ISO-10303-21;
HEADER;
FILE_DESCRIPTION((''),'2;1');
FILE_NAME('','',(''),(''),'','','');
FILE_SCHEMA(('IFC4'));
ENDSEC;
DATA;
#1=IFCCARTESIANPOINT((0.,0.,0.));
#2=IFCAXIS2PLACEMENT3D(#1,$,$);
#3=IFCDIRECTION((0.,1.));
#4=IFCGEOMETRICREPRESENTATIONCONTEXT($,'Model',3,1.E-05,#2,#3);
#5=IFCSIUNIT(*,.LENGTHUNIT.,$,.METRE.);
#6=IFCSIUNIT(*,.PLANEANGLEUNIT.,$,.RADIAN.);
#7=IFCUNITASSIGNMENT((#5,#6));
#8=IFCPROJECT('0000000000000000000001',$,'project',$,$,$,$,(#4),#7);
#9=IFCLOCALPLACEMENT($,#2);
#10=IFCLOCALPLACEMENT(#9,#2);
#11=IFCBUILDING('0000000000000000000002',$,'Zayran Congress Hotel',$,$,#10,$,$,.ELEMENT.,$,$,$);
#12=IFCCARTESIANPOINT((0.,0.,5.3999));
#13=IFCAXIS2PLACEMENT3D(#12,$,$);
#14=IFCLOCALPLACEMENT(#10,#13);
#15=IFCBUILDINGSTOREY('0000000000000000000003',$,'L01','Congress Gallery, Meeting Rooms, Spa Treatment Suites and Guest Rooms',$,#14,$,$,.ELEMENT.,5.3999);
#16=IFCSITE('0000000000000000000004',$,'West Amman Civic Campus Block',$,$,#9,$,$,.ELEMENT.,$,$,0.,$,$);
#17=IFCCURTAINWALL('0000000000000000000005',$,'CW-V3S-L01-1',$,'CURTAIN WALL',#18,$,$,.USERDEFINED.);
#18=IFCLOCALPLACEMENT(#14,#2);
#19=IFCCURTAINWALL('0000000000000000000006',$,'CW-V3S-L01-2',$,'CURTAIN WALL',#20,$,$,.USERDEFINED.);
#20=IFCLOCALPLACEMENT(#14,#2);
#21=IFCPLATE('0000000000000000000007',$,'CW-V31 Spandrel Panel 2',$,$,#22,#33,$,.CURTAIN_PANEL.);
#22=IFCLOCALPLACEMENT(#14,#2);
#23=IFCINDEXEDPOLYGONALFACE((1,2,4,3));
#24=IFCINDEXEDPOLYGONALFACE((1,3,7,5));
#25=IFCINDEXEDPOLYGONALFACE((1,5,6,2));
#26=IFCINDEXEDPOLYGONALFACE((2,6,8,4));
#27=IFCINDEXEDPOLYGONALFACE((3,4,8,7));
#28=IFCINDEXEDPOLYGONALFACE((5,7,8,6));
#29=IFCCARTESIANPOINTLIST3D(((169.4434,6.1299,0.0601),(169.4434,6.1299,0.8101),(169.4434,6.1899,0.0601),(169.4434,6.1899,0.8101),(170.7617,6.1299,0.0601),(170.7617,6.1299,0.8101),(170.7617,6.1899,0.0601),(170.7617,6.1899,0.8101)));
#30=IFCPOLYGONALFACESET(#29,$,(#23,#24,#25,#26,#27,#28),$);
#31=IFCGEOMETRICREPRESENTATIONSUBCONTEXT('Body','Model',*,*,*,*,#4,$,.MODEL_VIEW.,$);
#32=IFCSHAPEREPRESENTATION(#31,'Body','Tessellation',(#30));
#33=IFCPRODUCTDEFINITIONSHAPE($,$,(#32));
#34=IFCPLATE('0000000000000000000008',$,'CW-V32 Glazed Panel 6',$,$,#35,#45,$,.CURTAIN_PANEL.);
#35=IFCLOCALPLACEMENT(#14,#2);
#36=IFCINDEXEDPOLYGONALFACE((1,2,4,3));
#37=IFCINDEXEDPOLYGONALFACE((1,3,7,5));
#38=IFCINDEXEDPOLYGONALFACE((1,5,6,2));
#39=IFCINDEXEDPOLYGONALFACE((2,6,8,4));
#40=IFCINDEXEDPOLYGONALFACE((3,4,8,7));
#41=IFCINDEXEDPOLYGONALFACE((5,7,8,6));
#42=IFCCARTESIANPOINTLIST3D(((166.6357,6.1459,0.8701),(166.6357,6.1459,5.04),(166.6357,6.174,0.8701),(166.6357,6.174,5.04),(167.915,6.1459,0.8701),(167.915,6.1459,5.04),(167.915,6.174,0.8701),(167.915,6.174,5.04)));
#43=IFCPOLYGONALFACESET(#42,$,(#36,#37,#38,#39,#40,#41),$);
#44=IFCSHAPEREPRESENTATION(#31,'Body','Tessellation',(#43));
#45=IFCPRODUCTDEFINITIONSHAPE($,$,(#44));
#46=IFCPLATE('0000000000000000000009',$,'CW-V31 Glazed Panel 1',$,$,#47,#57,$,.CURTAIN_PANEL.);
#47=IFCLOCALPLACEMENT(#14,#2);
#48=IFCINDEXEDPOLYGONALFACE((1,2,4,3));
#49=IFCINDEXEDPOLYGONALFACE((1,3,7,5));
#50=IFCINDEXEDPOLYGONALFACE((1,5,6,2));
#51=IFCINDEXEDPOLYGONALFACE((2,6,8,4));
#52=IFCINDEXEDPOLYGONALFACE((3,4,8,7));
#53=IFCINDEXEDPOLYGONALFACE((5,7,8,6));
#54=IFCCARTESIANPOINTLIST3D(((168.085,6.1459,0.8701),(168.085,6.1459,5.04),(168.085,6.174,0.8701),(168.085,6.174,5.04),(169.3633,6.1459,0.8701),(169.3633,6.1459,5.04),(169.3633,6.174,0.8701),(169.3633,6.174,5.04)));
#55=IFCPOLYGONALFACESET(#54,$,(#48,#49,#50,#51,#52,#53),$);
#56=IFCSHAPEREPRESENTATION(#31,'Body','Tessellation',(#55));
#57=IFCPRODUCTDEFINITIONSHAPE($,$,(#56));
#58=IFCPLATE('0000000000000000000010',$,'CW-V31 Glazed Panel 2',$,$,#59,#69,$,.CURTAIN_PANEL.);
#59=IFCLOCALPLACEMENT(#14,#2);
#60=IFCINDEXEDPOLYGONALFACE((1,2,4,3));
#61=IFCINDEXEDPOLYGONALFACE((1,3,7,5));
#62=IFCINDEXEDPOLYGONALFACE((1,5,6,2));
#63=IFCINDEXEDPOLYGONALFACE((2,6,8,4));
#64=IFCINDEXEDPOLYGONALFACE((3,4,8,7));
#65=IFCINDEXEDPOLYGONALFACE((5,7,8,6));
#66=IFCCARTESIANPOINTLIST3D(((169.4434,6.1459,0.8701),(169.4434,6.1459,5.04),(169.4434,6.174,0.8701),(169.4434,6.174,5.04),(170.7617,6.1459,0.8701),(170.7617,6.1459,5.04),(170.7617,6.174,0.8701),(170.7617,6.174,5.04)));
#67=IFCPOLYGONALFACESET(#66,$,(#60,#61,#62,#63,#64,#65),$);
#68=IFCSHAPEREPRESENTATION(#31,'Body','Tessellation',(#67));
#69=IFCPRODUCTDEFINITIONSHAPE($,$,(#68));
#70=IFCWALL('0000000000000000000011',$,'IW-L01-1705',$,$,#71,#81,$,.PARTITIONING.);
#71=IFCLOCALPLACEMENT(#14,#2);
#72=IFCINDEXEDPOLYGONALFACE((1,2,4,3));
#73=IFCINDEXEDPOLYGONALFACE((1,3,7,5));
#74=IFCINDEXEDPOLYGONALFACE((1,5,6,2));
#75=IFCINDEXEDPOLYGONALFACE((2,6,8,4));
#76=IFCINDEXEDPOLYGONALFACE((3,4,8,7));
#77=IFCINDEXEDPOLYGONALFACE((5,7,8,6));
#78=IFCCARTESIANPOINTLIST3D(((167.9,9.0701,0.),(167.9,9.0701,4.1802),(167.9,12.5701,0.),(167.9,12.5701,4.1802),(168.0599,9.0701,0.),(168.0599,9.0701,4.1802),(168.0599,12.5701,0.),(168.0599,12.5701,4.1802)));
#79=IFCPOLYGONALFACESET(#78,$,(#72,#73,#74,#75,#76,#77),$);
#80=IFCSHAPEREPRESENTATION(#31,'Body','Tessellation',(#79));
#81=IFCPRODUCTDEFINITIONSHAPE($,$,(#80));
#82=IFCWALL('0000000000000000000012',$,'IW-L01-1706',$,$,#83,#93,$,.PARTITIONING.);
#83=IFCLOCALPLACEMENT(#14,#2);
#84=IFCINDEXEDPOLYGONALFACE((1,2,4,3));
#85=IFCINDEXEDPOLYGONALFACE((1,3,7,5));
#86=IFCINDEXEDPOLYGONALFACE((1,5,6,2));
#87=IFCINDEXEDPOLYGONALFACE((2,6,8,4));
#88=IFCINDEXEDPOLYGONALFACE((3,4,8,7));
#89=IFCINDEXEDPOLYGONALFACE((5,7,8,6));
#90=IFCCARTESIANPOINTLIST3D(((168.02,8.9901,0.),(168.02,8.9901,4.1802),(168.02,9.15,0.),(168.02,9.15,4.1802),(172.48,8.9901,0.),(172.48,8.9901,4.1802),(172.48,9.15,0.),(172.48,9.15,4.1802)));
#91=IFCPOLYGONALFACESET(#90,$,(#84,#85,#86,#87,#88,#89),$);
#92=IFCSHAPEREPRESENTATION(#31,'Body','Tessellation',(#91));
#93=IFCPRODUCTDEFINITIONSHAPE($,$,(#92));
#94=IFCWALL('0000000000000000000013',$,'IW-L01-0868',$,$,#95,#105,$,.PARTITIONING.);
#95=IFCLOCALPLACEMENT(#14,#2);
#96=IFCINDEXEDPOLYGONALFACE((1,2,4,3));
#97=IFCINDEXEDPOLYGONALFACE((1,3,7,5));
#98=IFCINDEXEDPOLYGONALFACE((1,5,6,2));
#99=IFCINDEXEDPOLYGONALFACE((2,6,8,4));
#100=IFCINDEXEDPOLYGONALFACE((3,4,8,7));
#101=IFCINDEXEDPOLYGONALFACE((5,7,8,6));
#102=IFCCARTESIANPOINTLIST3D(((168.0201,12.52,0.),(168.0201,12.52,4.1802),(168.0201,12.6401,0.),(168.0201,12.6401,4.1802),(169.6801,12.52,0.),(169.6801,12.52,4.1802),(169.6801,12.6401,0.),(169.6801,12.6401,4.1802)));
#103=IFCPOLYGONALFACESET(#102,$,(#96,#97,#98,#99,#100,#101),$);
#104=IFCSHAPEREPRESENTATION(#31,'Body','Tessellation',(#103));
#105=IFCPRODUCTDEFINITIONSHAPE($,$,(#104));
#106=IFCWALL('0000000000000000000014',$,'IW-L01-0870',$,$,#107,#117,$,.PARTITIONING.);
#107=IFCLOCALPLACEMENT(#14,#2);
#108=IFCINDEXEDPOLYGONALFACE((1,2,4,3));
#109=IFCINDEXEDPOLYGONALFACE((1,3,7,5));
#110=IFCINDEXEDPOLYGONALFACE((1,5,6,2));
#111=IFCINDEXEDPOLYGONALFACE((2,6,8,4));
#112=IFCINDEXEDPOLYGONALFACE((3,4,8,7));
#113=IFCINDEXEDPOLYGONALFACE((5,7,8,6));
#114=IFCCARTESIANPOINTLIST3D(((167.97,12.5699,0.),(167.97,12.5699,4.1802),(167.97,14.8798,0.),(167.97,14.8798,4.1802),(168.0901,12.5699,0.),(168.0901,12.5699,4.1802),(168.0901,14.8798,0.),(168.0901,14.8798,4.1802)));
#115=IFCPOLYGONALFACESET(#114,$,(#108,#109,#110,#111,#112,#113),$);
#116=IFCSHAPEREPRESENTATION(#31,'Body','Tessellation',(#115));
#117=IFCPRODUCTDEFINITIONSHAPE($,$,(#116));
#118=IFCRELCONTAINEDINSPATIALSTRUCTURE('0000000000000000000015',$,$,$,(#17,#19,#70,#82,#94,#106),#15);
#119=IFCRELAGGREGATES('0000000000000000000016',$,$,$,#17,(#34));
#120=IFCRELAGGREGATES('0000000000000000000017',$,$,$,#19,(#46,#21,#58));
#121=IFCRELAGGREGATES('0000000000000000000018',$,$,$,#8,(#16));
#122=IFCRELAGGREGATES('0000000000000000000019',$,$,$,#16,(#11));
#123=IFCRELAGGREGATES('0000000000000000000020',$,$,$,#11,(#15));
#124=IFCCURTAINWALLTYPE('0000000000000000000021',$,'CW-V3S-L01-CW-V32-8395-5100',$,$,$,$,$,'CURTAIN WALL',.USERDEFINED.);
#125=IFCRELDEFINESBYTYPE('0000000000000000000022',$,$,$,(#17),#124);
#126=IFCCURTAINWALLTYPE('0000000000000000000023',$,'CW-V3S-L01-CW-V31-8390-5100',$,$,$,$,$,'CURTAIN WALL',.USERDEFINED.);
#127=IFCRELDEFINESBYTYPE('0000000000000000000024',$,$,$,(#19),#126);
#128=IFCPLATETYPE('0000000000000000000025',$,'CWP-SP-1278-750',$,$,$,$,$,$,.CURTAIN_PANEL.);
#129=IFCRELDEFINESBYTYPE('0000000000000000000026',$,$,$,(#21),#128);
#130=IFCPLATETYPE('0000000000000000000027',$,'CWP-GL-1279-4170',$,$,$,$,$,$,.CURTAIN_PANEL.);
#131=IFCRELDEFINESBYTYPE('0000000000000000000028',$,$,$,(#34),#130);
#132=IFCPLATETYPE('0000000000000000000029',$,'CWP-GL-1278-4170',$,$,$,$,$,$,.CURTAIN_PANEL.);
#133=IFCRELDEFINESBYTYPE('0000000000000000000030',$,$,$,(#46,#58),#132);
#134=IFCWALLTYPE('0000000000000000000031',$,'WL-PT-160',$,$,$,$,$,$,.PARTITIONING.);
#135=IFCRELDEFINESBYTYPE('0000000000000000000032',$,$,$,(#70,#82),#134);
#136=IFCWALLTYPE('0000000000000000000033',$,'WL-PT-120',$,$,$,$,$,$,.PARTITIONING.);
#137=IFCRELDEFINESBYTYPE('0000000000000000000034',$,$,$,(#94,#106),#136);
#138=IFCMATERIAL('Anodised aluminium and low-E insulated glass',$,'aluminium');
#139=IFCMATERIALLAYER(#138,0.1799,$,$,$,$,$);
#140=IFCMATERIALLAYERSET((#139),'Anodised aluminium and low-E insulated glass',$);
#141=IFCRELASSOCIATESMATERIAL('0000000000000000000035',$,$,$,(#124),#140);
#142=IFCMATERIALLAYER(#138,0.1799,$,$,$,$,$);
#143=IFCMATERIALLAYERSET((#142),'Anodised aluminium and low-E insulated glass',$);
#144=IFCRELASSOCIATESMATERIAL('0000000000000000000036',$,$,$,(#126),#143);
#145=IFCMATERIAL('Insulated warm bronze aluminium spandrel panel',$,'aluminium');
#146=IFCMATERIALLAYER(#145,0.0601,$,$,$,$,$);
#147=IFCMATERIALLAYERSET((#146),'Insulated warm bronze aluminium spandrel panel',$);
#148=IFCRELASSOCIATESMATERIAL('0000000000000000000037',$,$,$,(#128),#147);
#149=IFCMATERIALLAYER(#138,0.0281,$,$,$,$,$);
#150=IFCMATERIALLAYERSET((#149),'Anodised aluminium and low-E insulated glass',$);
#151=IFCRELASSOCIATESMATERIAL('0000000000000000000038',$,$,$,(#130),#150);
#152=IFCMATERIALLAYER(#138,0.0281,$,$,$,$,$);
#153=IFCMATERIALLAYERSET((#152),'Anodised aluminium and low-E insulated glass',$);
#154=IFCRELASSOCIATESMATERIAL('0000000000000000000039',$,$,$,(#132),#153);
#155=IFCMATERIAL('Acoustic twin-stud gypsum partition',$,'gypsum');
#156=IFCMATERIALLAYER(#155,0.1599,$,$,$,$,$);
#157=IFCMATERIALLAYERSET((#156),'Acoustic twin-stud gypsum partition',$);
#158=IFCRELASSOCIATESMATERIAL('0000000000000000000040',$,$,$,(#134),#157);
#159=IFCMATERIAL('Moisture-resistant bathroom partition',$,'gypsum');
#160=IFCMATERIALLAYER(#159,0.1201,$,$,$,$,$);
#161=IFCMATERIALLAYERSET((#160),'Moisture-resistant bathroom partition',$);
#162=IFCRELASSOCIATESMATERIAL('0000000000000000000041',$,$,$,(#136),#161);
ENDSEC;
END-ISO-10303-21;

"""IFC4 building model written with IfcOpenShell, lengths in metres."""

from ifc_helpers import new_model, si_unit, direction, frame, frame_2d, origin, origin_2d, place, context, subcontext, project, spatial, rectangle, extrude, material, layer, layer_set, type_object, element, aggregate, save


model = new_model("IFC4")

# Units and contexts
model_context = context("Model", 3, precision=1e-05, world=origin(), true_north=direction((0.0, 1.0)))
body_context = subcontext(model_context, "Body", "Model", "MODEL_VIEW")
ifc_project = project(units=[si_unit("LENGTHUNIT", "METRE"), si_unit("PLANEANGLEUNIT", "RADIAN")], contexts=[model_context])

# Site, building, storey
site_placement = place(None, origin())
site = spatial("IfcSite", under=ifc_project, at=site_placement, Name="West Amman Civic Campus Block", CompositionType="ELEMENT", RefElevation=0.0)
building_placement = place(site_placement, origin())
building = spatial("IfcBuilding", under=site, at=building_placement, Name="Zayran Congress Hotel", CompositionType="ELEMENT")
storey_placement = place(building_placement, frame((0.0, 0.0, 5.3999)))
storey = spatial("IfcBuildingStorey", under=building, at=storey_placement, Name="L01", Description="Congress Gallery, Meeting Rooms, Spa Treatment Suites and Guest Rooms", CompositionType="ELEMENT", Elevation=5.3999)

# Curtain wall
ifc_material_1 = material(Name="Anodised aluminium and low-E insulated glass", Category="aluminium")
ifc_layer_1 = layer(ifc_material_1, 0.1799)
ifc_layer_set_1 = layer_set([ifc_layer_1], Name="Anodised aluminium and low-E insulated glass")
curtain_wall_type_1 = type_object("IfcCurtainWallType", Name="CW-V3S-L01-CW-V32-8395-5100", ElementType="CURTAIN WALL", PredefinedType="USERDEFINED", material=ifc_layer_set_1)
curtain_wall_1_placement = place(storey_placement, origin())
curtain_wall_1 = element("IfcCurtainWall", 1, at=curtain_wall_1_placement, inside=storey, type_object=curtain_wall_type_1, Name="CW-V3S-L01-1", ObjectType="CURTAIN WALL", PredefinedType="USERDEFINED")

# Curtain wall
ifc_layer_2 = layer(ifc_material_1, 0.1799)
ifc_layer_set_2 = layer_set([ifc_layer_2], Name="Anodised aluminium and low-E insulated glass")
curtain_wall_type_2 = type_object("IfcCurtainWallType", Name="CW-V3S-L01-CW-V31-8390-5100", ElementType="CURTAIN WALL", PredefinedType="USERDEFINED", material=ifc_layer_set_2)
curtain_wall_2_placement = place(storey_placement, origin())
curtain_wall_2 = element("IfcCurtainWall", 2, at=curtain_wall_2_placement, inside=storey, type_object=curtain_wall_type_2, Name="CW-V3S-L01-2", ObjectType="CURTAIN WALL", PredefinedType="USERDEFINED")

# Plates
ifc_material_2 = material(Name="Insulated warm bronze aluminium spandrel panel", Category="aluminium")
ifc_layer_3 = layer(ifc_material_2, 0.0601)
ifc_layer_set_3 = layer_set([ifc_layer_3], Name="Insulated warm bronze aluminium spandrel panel")
plate_type_1 = type_object("IfcPlateType", Name="CWP-SP-1278-750", PredefinedType="CURTAIN_PANEL", material=ifc_layer_set_3)
plate_1_placement = place(storey_placement, frame((170.1025, 6.1599, 0.0601), z_axis=(0.0, 0.0, 1.0), x_axis=(1.0, 0.0, 0.0)))
plate_1 = element("IfcPlate", 3, at=plate_1_placement, type_object=plate_type_1, Name="CW-V31 Spandrel Panel 2", PredefinedType="CURTAIN_PANEL", context=body_context, shape_type="SweptSolid", body=[
    extrude(rectangle(XDim=1.3184, YDim=0.0601, at=origin_2d()), origin(), (0.0, 0.0, 1.0), 0.75),
])
ifc_layer_4 = layer(ifc_material_1, 0.0281)
ifc_layer_set_4 = layer_set([ifc_layer_4], Name="Anodised aluminium and low-E insulated glass")
plate_type_2 = type_object("IfcPlateType", Name="CWP-GL-1279-4170", PredefinedType="CURTAIN_PANEL", material=ifc_layer_set_4)
plate_2_placement = place(storey_placement, frame((167.2754, 6.1599, 0.8701), z_axis=(0.0, 0.0, 1.0), x_axis=(1.0, 0.0, 0.0)))
plate_2 = element("IfcPlate", 4, at=plate_2_placement, type_object=plate_type_2, Name="CW-V32 Glazed Panel 6", PredefinedType="CURTAIN_PANEL", context=body_context, shape_type="SweptSolid", body=[
    extrude(rectangle(XDim=1.2793, YDim=0.0281, at=origin_2d()), origin(), (0.0, 0.0, 1.0), 4.1699),
])
aggregate(curtain_wall_1, [plate_2])
ifc_layer_5 = layer(ifc_material_1, 0.0281)
ifc_layer_set_5 = layer_set([ifc_layer_5], Name="Anodised aluminium and low-E insulated glass")
plate_type_3 = type_object("IfcPlateType", Name="CWP-GL-1278-4170", PredefinedType="CURTAIN_PANEL", material=ifc_layer_set_5)
plate_3_placement = place(storey_placement, frame((168.7241, 6.1599, 0.8701), z_axis=(0.0, 0.0, 1.0), x_axis=(1.0, 0.0, 0.0)))
plate_3 = element("IfcPlate", 5, at=plate_3_placement, type_object=plate_type_3, Name="CW-V31 Glazed Panel 1", PredefinedType="CURTAIN_PANEL", context=body_context, shape_type="SweptSolid", body=[
    extrude(rectangle(XDim=1.2783, YDim=0.0281, at=origin_2d()), origin(), (0.0, 0.0, 1.0), 4.1699),
])
plate_4_placement = place(storey_placement, frame((170.1025, 6.1599, 0.8701), z_axis=(0.0, 0.0, 1.0), x_axis=(1.0, 0.0, 0.0)))
plate_4 = element("IfcPlate", 6, at=plate_4_placement, type_object=plate_type_3, Name="CW-V31 Glazed Panel 2", PredefinedType="CURTAIN_PANEL", context=body_context, shape_type="SweptSolid", body=[
    extrude(rectangle(XDim=1.3184, YDim=0.0281, at=origin_2d()), origin(), (0.0, 0.0, 1.0), 4.1699),
])
aggregate(curtain_wall_2, [plate_3, plate_1, plate_4])

# Walls
ifc_material_3 = material(Name="Acoustic twin-stud gypsum partition", Category="gypsum")
ifc_layer_6 = layer(ifc_material_3, 0.1599)
ifc_layer_set_6 = layer_set([ifc_layer_6], Name="Acoustic twin-stud gypsum partition")
wall_type_1 = type_object("IfcWallType", Name="WL-PT-160", PredefinedType="PARTITIONING", material=ifc_layer_set_6)
wall_1_placement = place(storey_placement, frame((167.98, 9.0701, 0.0), z_axis=(0.0, 0.0, 1.0), x_axis=(0.0, 1.0, 0.0)))
element("IfcWall", 7, at=wall_1_placement, inside=storey, type_object=wall_type_1, Name="IW-L01-1705", PredefinedType="PARTITIONING", context=body_context, shape_type="SweptSolid", body=[
    extrude(rectangle(XDim=3.5, YDim=0.1599, at=frame_2d((1.75, 0.0))), origin(), (0.0, 0.0, 1.0), 4.1802),
])
wall_2_placement = place(storey_placement, frame((168.02, 9.0701, 0.0), z_axis=(0.0, 0.0, 1.0), x_axis=(1.0, 0.0, 0.0)))
element("IfcWall", 8, at=wall_2_placement, inside=storey, type_object=wall_type_1, Name="IW-L01-1706", PredefinedType="PARTITIONING", context=body_context, shape_type="SweptSolid", body=[
    extrude(rectangle(XDim=4.46, YDim=0.1599, at=frame_2d((2.23, 0.0))), origin(), (0.0, 0.0, 1.0), 4.1802),
])

# Shared definitions
ifc_material_4 = material(Name="Moisture-resistant bathroom partition", Category="gypsum")
ifc_layer_7 = layer(ifc_material_4, 0.1201)
ifc_layer_set_7 = layer_set([ifc_layer_7], Name="Moisture-resistant bathroom partition")
wall_type_2 = type_object("IfcWallType", Name="WL-PT-120", PredefinedType="PARTITIONING", material=ifc_layer_set_7)

# Walls
wall_3_placement = place(storey_placement, frame((168.02, 12.5801, 0.0), z_axis=(0.0, 0.0, 1.0), x_axis=(1.0, 0.0, 0.0)))
element("IfcWall", 9, at=wall_3_placement, inside=storey, type_object=wall_type_2, Name="IW-L01-0868", PredefinedType="PARTITIONING", context=body_context, shape_type="SweptSolid", body=[
    extrude(rectangle(XDim=1.6599, YDim=0.1201, at=frame_2d((0.8301, 0.0))), origin(), (0.0, 0.0, 1.0), 4.1802),
])
wall_4_placement = place(storey_placement, frame((168.03, 12.5701, 0.0), z_axis=(0.0, 0.0, 1.0), x_axis=(0.0, 1.0, 0.0)))
element("IfcWall", 10, at=wall_4_placement, inside=storey, type_object=wall_type_2, Name="IW-L01-0870", PredefinedType="PARTITIONING", context=body_context, shape_type="SweptSolid", body=[
    extrude(rectangle(XDim=2.3098, YDim=0.1201, at=frame_2d((1.1548, 0.0))), origin(), (0.0, 0.0, 1.0), 4.1802),
])

save(model, "model.ifc")
